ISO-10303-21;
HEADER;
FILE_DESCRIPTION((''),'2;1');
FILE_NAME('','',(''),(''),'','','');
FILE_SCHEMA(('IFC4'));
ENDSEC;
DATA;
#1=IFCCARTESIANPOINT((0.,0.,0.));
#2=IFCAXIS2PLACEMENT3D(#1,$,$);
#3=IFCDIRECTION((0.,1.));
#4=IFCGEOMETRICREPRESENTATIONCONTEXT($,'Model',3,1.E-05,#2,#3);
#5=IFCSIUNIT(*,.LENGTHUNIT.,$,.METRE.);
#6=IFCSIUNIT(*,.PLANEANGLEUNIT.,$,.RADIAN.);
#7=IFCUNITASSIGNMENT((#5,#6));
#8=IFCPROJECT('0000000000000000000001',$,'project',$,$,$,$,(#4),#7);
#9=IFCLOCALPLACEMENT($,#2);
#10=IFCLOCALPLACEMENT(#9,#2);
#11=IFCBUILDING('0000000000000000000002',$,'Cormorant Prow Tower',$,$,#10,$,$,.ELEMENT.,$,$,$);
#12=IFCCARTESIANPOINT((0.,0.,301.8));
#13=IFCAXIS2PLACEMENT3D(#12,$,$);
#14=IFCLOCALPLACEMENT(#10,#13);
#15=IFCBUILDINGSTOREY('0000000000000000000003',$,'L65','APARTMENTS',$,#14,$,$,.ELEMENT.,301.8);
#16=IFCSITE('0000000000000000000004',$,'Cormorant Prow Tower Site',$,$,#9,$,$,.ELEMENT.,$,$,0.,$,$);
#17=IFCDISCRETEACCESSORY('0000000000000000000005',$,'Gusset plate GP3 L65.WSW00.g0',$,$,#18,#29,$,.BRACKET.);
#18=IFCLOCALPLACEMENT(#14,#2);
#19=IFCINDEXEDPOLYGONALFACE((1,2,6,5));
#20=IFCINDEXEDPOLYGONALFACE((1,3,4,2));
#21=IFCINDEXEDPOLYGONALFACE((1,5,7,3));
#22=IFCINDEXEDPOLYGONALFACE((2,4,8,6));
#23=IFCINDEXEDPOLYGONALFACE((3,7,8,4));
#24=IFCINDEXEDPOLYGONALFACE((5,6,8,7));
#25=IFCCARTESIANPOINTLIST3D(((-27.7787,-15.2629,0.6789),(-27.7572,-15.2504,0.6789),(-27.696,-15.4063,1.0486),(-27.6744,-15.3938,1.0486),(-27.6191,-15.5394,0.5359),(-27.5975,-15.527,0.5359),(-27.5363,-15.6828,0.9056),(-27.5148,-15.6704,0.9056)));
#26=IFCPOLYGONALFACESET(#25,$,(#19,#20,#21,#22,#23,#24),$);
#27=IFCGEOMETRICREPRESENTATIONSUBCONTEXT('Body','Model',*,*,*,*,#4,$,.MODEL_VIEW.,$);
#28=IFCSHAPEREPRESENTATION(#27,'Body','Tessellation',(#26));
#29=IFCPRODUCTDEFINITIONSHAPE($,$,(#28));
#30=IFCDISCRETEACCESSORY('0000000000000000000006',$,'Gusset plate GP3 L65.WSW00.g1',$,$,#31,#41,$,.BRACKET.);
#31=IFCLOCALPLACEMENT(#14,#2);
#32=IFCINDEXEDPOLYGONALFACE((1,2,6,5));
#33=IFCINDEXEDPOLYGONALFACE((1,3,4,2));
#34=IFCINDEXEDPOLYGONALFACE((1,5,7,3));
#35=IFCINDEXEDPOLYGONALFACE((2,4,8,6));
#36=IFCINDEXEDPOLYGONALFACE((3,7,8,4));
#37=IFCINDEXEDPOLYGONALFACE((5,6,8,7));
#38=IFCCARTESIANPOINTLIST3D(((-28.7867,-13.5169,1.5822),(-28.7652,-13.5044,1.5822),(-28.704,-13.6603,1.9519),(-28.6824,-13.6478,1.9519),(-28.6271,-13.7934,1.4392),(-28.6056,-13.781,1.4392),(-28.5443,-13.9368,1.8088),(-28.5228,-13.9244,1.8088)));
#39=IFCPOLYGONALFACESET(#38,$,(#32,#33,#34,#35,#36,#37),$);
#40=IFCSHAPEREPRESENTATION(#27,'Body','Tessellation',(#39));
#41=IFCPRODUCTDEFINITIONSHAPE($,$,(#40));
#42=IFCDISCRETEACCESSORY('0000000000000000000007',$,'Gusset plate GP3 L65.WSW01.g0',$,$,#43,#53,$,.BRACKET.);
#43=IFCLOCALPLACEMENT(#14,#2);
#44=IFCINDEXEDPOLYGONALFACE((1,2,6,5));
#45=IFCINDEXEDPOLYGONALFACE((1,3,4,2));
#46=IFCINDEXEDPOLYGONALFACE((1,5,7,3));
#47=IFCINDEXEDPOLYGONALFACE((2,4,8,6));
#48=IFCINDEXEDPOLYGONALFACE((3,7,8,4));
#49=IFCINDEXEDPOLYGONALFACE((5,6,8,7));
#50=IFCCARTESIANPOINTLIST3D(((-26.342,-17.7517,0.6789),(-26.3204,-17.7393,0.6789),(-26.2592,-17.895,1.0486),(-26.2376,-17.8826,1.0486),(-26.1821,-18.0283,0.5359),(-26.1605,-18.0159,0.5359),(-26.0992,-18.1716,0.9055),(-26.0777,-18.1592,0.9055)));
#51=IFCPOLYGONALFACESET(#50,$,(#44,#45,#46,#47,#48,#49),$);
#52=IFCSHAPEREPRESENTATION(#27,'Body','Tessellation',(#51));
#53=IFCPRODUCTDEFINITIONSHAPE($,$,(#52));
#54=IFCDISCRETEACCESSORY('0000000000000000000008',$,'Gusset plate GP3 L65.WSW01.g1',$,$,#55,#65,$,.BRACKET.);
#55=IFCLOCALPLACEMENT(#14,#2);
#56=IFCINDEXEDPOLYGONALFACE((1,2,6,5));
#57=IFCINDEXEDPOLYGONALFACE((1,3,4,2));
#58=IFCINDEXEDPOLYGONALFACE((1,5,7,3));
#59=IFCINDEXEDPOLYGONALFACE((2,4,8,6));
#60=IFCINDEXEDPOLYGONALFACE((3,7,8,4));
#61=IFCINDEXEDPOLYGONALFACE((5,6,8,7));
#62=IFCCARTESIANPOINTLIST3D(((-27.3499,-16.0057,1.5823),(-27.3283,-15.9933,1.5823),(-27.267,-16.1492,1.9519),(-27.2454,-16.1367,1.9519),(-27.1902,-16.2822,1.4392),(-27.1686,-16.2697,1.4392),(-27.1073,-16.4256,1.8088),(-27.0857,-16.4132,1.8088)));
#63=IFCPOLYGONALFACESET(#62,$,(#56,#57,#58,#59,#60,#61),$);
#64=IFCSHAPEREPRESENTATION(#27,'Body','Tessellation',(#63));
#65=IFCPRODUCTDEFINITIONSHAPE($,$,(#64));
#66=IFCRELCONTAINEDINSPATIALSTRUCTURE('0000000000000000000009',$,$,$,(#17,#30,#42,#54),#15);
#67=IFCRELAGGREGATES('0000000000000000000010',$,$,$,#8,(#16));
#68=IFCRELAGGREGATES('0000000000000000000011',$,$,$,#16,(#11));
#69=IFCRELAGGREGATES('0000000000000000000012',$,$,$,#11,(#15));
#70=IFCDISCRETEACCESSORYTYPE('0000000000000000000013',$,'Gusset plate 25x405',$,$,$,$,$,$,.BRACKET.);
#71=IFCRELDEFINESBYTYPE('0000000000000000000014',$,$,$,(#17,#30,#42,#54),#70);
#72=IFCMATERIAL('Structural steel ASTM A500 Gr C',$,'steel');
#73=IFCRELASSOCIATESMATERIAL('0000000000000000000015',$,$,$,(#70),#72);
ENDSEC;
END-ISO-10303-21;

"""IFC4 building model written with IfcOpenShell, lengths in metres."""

from ifc_helpers import new_model, si_unit, direction, frame, origin, origin_2d, place, context, subcontext, project, spatial, rectangle, extrude, material, material_profile, profile_set, type_object, element, save


model = new_model("IFC4")

# Units and contexts
model_context = context("Model", 3, precision=1e-05, world=origin(), true_north=direction((0.0, 1.0)))
body_context = subcontext(model_context, "Body", "Model", "MODEL_VIEW")
ifc_project = project(units=[si_unit("LENGTHUNIT", "METRE"), si_unit("PLANEANGLEUNIT", "RADIAN")], contexts=[model_context])

# Site, building, storey
site_placement = place(None, origin())
site = spatial("IfcSite", under=ifc_project, at=site_placement, Name="Cormorant Prow Tower Site", CompositionType="ELEMENT", RefElevation=0.0)
building_placement = place(site_placement, origin())
building = spatial("IfcBuilding", under=site, at=building_placement, Name="Cormorant Prow Tower", CompositionType="ELEMENT")
storey_placement = place(building_placement, frame((0.0, 0.0, 301.8)))
storey = spatial("IfcBuildingStorey", under=building, at=storey_placement, Name="L65", Description="APARTMENTS", CompositionType="ELEMENT", Elevation=301.8)

# Discrete accessories
ifc_material_1 = material(Name="Structural steel ASTM A500 Gr C", Category="steel")
ifc_material_profile_1 = material_profile(ifc_material_1, rectangle(XDim=0.0249, YDim=0.405, at=origin_2d()), Name="Gusset plate 25x405")
ifc_profile_set_1 = profile_set([ifc_material_profile_1], Name="Structural steel ASTM A500 Gr C")
discrete_accessory_type = type_object("IfcDiscreteAccessoryType", Name="Gusset plate 25x405", PredefinedType="BRACKET", material=ifc_profile_set_1)
for number, where, z_axis, x_axis, name in (
    (1, (-27.7266, -15.3284, 0.8638), (0.456239, -0.790397, -0.408802), (0.866071, 0.499921, 0.0), "Gusset plate GP3 L65.WSW00.g0"),
    (2, (-28.575, -13.8589, 1.624), (-0.456239, 0.790397, 0.408802), (-0.866071, -0.499921, 0.0), "Gusset plate GP3 L65.WSW00.g1"),
):
    element("IfcDiscreteAccessory", number, at=place(storey_placement, frame(where, z_axis=z_axis, x_axis=x_axis)), inside=storey, type_object=discrete_accessory_type, Name=name, PredefinedType="BRACKET", context=body_context, shape_type="SweptSolid", body=[
        extrude(rectangle(XDim=0.0249, YDim=0.405, at=origin_2d()), origin(), (0.0, 0.0, 1.0), 0.3499),
    ])
discrete_accessory_1_placement = place(storey_placement, frame((-26.2898, -17.8171, 0.8638), z_axis=(0.456792, -0.790145, -0.408672), x_axis=(0.86574, 0.500494, 0.0)))
element("IfcDiscreteAccessory", 3, at=discrete_accessory_1_placement, inside=storey, type_object=discrete_accessory_type, Name="Gusset plate GP3 L65.WSW01.g0", PredefinedType="BRACKET", context=body_context, shape_type="SweptSolid", body=[
    extrude(rectangle(XDim=0.0249, YDim=0.405, at=origin_2d()), origin(), (0.0, 0.0, 1.0), 0.3501),
])
discrete_accessory_2_placement = place(storey_placement, frame((-27.1379, -16.3477, 1.624), z_axis=(-0.456491, 0.790135, 0.409027), x_axis=(-0.86588, -0.500252, 0.0)))
element("IfcDiscreteAccessory", 4, at=discrete_accessory_2_placement, inside=storey, type_object=discrete_accessory_type, Name="Gusset plate GP3 L65.WSW01.g1", PredefinedType="BRACKET", context=body_context, shape_type="SweptSolid", body=[
    extrude(rectangle(XDim=0.0249, YDim=0.405, at=origin_2d()), origin(), (0.0, 0.0, 1.0), 0.3499),
])

save(model, "model.ifc")
